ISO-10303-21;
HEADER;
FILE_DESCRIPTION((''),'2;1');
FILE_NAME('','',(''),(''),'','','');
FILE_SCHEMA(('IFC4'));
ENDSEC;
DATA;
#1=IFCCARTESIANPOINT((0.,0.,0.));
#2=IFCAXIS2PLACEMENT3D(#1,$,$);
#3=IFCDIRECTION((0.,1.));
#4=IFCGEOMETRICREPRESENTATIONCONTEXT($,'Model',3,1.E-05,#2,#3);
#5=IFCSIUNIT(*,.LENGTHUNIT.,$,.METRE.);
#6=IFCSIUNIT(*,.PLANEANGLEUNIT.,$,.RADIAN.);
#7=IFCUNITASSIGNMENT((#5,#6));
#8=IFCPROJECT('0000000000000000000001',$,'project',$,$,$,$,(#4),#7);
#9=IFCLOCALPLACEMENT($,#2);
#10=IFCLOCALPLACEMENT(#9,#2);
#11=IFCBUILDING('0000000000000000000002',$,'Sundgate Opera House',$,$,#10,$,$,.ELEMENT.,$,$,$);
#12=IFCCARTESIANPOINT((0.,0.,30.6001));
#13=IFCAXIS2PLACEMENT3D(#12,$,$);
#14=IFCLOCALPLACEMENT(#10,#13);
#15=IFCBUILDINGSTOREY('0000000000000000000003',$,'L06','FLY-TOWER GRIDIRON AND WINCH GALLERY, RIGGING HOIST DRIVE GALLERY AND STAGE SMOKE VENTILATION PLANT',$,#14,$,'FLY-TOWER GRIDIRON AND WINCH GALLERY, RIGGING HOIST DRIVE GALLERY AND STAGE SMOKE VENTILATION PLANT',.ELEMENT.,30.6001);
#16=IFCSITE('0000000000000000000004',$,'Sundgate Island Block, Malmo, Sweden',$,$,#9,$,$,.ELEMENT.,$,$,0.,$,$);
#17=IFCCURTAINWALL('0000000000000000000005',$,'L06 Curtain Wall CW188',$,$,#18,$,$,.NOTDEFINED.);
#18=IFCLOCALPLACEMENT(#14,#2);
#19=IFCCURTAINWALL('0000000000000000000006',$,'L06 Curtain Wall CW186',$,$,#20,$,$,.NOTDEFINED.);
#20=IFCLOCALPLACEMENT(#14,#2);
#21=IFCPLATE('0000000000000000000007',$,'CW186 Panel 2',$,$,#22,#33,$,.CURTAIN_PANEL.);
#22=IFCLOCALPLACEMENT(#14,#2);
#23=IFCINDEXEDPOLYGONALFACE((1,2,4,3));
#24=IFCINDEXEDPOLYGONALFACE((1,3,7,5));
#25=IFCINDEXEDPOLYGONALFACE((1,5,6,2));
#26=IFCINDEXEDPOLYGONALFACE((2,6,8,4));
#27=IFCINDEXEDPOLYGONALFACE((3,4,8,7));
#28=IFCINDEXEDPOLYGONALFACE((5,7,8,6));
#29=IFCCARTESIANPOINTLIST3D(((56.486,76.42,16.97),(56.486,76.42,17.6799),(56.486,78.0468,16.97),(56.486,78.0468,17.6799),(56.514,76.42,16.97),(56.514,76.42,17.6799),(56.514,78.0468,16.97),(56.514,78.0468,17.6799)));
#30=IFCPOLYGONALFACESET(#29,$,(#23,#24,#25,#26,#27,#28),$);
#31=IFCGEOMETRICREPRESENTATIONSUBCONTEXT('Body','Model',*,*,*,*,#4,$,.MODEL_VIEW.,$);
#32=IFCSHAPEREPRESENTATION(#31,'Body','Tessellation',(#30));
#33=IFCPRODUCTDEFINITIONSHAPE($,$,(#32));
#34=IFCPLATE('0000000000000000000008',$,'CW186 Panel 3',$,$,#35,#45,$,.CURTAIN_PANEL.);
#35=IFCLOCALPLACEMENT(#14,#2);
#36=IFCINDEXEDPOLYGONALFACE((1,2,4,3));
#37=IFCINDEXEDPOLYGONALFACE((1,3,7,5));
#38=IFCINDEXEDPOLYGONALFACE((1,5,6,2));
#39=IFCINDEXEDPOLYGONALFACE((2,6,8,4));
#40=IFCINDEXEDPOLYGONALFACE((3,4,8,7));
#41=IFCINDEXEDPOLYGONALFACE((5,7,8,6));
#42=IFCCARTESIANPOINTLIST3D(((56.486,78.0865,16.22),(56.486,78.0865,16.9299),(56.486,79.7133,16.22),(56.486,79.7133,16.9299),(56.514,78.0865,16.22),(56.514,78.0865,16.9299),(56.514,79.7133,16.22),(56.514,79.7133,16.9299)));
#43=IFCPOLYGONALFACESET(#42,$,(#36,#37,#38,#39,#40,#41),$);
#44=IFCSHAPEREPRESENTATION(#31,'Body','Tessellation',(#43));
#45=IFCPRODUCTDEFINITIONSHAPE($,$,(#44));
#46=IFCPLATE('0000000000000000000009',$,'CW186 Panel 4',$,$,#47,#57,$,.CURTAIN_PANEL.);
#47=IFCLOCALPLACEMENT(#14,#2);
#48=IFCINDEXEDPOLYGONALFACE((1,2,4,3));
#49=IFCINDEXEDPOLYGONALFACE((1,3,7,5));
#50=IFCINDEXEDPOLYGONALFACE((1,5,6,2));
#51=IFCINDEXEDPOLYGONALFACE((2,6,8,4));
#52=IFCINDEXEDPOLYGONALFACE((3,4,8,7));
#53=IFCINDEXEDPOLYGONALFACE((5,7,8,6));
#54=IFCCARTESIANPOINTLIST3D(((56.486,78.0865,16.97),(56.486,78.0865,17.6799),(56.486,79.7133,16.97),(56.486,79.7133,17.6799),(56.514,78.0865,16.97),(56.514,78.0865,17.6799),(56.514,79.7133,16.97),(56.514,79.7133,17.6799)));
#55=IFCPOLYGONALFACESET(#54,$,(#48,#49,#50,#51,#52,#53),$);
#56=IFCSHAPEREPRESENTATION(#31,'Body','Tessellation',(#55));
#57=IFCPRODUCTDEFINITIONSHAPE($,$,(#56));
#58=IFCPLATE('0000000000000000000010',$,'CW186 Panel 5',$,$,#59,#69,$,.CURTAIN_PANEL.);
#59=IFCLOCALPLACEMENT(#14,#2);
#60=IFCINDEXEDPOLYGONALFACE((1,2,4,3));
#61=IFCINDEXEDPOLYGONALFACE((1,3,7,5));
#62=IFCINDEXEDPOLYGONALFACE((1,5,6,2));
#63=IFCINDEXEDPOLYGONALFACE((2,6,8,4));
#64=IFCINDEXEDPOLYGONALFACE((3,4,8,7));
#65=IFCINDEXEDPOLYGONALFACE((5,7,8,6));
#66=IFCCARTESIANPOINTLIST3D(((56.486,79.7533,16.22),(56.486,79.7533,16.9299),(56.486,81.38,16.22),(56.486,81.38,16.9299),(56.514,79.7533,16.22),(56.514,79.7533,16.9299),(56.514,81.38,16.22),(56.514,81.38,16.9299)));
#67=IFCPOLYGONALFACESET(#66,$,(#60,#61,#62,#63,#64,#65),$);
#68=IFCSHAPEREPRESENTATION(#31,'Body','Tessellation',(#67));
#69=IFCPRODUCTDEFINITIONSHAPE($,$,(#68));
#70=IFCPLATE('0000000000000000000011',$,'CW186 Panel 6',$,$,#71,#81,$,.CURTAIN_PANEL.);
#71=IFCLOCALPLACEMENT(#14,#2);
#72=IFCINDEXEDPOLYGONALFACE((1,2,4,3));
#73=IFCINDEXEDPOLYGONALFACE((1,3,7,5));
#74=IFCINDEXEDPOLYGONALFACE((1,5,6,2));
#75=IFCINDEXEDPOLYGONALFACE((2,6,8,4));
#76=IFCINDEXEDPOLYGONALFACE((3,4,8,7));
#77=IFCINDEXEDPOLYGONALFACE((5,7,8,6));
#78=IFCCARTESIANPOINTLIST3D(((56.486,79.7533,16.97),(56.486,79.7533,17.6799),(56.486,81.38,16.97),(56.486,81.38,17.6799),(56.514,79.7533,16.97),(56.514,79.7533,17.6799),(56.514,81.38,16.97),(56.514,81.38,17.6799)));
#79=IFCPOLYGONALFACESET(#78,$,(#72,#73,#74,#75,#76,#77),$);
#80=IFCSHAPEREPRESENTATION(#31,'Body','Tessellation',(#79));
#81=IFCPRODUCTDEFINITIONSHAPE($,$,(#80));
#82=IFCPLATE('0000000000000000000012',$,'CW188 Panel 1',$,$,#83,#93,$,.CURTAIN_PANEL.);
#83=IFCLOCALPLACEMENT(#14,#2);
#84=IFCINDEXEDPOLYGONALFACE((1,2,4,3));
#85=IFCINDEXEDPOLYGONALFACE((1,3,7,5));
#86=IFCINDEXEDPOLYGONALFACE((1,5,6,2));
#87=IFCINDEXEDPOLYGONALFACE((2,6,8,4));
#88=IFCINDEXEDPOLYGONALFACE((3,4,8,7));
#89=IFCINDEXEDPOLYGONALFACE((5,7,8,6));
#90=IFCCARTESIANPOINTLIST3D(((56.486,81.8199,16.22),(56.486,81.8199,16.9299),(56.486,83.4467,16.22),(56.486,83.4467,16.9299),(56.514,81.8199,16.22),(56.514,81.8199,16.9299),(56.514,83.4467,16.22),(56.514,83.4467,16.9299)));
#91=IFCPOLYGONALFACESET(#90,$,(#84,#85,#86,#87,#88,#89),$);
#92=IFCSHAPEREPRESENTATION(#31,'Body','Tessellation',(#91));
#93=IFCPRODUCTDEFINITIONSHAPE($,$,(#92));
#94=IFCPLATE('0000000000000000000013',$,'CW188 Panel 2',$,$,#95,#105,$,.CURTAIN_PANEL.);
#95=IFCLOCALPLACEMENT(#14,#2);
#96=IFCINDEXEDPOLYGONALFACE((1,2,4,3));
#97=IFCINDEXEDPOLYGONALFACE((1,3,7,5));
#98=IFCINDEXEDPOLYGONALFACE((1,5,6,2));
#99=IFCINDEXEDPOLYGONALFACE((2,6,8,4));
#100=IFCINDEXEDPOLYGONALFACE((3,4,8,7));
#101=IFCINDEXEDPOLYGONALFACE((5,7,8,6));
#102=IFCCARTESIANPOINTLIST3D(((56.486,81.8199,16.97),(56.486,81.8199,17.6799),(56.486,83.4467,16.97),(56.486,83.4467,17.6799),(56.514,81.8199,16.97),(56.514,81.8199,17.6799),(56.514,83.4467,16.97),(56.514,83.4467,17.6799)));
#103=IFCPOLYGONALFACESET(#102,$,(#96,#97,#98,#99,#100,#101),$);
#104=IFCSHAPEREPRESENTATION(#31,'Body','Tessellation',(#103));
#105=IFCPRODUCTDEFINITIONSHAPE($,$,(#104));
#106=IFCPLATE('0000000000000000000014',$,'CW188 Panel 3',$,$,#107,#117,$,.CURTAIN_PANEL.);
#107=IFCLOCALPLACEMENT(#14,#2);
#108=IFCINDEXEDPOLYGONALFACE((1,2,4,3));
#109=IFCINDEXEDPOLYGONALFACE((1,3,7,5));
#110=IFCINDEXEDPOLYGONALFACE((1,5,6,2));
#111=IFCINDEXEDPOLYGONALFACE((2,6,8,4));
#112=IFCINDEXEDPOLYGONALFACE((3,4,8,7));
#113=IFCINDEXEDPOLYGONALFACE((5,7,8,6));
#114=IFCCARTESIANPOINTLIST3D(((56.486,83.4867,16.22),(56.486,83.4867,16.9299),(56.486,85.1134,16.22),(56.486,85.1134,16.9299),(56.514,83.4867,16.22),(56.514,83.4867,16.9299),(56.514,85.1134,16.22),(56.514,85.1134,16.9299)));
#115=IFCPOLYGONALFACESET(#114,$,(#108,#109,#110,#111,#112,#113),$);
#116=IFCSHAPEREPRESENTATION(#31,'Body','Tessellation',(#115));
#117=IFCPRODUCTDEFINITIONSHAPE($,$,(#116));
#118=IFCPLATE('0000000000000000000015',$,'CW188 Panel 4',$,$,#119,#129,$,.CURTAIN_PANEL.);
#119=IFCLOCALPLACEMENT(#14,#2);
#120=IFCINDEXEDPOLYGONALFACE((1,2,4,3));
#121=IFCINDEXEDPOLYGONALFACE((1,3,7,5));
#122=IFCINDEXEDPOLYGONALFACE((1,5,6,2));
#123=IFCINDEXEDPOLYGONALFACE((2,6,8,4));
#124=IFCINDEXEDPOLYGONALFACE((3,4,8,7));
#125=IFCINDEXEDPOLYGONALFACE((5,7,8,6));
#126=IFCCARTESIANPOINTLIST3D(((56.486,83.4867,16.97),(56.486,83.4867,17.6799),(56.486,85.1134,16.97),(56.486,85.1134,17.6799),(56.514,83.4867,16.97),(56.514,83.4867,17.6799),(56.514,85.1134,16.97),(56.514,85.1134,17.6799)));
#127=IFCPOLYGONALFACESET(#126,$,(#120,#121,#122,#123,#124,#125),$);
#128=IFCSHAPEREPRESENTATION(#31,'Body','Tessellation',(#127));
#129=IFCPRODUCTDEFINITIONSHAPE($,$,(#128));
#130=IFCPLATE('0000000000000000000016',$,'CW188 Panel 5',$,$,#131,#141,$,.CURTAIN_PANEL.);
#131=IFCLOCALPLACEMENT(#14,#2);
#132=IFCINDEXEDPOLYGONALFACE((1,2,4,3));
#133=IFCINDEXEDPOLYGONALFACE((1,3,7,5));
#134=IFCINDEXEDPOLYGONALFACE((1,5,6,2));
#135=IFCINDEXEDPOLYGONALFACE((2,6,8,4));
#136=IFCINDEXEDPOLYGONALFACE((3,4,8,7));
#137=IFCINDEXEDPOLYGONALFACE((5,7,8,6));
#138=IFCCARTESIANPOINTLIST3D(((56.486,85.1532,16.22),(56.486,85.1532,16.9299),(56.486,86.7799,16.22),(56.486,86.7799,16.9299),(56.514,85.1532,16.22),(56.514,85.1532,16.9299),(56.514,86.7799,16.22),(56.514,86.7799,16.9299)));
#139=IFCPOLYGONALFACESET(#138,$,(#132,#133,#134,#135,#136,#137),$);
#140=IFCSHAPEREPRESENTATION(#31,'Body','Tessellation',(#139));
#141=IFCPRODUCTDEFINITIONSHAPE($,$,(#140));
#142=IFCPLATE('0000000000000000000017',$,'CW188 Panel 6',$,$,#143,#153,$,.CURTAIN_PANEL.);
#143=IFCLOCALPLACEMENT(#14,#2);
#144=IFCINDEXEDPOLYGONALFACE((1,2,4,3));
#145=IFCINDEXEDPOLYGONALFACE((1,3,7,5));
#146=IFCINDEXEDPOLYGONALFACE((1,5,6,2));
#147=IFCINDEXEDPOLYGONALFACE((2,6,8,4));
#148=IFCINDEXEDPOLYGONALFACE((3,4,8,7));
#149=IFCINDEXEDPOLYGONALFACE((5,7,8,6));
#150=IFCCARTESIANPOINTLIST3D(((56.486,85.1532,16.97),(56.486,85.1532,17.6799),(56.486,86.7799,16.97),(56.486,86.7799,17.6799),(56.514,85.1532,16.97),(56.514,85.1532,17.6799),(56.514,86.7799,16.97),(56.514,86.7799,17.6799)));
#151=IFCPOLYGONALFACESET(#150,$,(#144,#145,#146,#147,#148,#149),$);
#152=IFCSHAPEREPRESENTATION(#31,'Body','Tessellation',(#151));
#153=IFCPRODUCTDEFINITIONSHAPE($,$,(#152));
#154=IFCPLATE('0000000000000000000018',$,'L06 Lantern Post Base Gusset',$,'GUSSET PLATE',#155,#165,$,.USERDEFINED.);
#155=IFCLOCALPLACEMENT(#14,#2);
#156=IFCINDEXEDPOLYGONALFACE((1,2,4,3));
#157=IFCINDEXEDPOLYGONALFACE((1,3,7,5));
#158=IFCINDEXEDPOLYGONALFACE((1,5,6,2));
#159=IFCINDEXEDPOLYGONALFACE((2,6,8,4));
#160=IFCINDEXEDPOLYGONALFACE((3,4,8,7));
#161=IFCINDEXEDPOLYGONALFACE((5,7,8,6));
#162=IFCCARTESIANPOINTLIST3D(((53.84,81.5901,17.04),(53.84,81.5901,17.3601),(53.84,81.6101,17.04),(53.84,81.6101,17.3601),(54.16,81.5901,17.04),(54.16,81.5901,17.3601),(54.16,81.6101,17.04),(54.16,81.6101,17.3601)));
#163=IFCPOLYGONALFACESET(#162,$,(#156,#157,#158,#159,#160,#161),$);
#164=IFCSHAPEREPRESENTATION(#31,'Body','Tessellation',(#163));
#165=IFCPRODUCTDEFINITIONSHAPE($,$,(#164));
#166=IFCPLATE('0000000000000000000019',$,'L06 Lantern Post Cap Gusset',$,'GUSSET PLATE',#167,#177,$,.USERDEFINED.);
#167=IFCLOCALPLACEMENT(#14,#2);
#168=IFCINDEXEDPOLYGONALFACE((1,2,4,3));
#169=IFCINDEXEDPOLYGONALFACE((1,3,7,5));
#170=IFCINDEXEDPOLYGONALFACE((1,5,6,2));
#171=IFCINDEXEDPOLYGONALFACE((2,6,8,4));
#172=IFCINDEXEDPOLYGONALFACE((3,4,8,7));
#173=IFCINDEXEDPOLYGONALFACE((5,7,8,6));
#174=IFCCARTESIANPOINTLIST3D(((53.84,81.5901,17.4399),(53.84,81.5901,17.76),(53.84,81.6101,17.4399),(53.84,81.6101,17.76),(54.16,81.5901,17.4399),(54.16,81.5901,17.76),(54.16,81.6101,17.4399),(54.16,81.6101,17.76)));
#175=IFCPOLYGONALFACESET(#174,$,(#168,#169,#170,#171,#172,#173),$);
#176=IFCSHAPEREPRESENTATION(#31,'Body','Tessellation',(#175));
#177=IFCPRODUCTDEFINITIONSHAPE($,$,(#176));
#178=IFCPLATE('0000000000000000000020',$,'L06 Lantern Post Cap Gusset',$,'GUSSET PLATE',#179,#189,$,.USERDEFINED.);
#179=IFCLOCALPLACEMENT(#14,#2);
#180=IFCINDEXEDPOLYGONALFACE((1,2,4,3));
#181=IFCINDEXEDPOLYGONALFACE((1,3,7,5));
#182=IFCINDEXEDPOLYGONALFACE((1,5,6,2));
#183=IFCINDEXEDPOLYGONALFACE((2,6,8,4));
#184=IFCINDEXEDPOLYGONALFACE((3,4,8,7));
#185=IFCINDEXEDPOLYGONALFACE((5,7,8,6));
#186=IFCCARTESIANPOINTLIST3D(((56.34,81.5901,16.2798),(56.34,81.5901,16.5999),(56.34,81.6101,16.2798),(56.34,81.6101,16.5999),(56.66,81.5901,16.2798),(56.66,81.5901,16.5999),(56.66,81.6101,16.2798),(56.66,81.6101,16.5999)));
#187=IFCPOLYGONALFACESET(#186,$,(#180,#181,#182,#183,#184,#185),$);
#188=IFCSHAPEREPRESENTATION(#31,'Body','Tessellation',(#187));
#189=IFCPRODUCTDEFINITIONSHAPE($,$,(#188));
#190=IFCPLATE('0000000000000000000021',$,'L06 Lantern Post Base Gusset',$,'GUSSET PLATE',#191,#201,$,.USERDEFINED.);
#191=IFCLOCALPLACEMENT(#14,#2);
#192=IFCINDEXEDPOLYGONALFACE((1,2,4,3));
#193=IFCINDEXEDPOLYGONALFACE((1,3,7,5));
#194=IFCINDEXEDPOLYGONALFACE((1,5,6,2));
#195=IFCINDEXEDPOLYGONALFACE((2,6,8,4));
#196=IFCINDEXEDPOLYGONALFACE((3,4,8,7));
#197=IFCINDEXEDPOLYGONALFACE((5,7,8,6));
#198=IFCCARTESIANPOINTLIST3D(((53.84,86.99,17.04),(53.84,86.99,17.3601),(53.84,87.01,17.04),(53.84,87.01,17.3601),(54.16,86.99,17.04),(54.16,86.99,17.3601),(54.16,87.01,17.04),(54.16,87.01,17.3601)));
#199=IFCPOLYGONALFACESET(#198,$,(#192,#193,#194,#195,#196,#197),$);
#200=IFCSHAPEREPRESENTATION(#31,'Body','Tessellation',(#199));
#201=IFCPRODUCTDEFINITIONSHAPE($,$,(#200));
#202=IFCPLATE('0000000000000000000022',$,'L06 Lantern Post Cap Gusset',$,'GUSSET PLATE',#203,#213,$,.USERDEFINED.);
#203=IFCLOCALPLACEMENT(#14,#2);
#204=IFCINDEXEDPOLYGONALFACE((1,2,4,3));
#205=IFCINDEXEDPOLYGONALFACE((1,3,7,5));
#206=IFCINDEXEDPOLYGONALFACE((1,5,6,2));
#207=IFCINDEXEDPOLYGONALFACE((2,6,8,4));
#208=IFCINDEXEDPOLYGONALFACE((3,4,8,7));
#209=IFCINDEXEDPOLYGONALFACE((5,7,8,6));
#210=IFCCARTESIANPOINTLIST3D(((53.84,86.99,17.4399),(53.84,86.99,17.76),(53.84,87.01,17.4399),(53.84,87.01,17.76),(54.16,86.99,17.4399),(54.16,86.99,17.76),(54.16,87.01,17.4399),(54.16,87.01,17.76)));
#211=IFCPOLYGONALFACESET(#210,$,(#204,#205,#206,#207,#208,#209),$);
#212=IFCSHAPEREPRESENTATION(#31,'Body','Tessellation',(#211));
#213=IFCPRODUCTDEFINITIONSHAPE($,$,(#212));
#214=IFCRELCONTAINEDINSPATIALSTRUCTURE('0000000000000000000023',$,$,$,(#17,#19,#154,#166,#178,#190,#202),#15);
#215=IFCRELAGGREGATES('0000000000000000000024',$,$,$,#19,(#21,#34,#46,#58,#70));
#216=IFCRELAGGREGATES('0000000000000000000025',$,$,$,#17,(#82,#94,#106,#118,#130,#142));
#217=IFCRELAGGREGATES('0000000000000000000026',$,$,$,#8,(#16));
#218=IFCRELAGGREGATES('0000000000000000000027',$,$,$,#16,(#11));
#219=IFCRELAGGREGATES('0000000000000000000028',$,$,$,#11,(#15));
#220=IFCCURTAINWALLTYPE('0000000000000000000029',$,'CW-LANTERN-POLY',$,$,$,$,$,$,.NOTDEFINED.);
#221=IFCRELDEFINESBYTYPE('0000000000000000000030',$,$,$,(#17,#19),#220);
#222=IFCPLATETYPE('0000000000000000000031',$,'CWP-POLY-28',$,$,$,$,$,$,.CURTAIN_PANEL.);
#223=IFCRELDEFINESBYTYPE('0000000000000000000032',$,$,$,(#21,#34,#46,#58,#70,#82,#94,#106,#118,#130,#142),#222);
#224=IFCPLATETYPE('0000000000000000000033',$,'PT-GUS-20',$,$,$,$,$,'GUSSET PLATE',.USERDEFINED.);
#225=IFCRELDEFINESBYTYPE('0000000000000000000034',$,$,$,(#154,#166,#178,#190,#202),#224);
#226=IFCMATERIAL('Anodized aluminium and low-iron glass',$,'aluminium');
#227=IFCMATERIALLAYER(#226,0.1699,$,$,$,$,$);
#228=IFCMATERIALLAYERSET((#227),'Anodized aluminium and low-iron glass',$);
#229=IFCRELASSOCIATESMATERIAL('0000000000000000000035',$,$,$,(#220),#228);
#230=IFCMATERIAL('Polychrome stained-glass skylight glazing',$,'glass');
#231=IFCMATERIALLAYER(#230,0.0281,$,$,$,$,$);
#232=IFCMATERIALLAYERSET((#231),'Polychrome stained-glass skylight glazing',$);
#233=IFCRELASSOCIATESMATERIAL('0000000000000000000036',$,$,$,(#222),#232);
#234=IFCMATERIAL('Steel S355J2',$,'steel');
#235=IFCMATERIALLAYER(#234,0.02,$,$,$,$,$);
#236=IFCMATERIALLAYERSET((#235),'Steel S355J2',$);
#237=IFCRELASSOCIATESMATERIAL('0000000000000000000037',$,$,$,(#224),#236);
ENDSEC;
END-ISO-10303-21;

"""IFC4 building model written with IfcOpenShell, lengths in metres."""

from ifc_helpers import new_model, si_unit, direction, frame, origin, origin_2d, place, context, subcontext, project, spatial, rectangle, extrude, material, layer, layer_set, type_object, element, aggregate, save


model = new_model("IFC4")

# Units and contexts
model_context = context("Model", 3, precision=1e-05, world=origin(), true_north=direction((0.0, 1.0)))
body_context = subcontext(model_context, "Body", "Model", "MODEL_VIEW")
ifc_project = project(units=[si_unit("LENGTHUNIT", "METRE"), si_unit("PLANEANGLEUNIT", "RADIAN")], contexts=[model_context])

# Site, building, storey
site_placement = place(None, origin())
site = spatial("IfcSite", under=ifc_project, at=site_placement, Name="Sundgate Island Block, Malmo, Sweden", CompositionType="ELEMENT", RefElevation=0.0)
building_placement = place(site_placement, origin())
building = spatial("IfcBuilding", under=site, at=building_placement, Name="Sundgate Opera House", CompositionType="ELEMENT")
storey_placement = place(building_placement, frame((0.0, 0.0, 30.6001)))
storey = spatial("IfcBuildingStorey", under=building, at=storey_placement, Name="L06", Description="FLY-TOWER GRIDIRON AND WINCH GALLERY, RIGGING HOIST DRIVE GALLERY AND STAGE SMOKE VENTILATION PLANT", LongName="FLY-TOWER GRIDIRON AND WINCH GALLERY, RIGGING HOIST DRIVE GALLERY AND STAGE SMOKE VENTILATION PLANT", CompositionType="ELEMENT", Elevation=30.6001)

# Curtain walls
ifc_material_1 = material(Name="Anodized aluminium and low-iron glass", Category="aluminium")
ifc_layer_1 = layer(ifc_material_1, 0.1699)
ifc_layer_set_1 = layer_set([ifc_layer_1], Name="Anodized aluminium and low-iron glass")
curtain_wall_type = type_object("IfcCurtainWallType", Name="CW-LANTERN-POLY", PredefinedType="NOTDEFINED", material=ifc_layer_set_1)
curtain_wall_1_placement = place(storey_placement, origin())
curtain_wall_1 = element("IfcCurtainWall", 1, at=curtain_wall_1_placement, inside=storey, type_object=curtain_wall_type, Name="L06 Curtain Wall CW188", PredefinedType="NOTDEFINED")
curtain_wall_2_placement = place(storey_placement, origin())
curtain_wall_2 = element("IfcCurtainWall", 2, at=curtain_wall_2_placement, inside=storey, type_object=curtain_wall_type, Name="L06 Curtain Wall CW186", PredefinedType="NOTDEFINED")

# Plates
ifc_material_2 = material(Name="Polychrome stained-glass skylight glazing", Category="glass")
ifc_layer_2 = layer(ifc_material_2, 0.0281)
ifc_layer_set_2 = layer_set([ifc_layer_2], Name="Polychrome stained-glass skylight glazing")
plate_type_1 = type_object("IfcPlateType", Name="CWP-POLY-28", PredefinedType="CURTAIN_PANEL", material=ifc_layer_set_2)
plate_1_placement = place(storey_placement, frame((56.5, 77.2334, 16.97), z_axis=(0.0, 0.0, 1.0), x_axis=(0.0, 1.0, 0.0)))
plate_1 = element("IfcPlate", 3, at=plate_1_placement, type_object=plate_type_1, Name="CW186 Panel 2", PredefinedType="CURTAIN_PANEL", context=body_context, shape_type="SweptSolid", body=[
    extrude(rectangle(XDim=1.6267, YDim=0.0281, at=origin_2d()), origin(), (0.0, 0.0, 1.0), 0.71),
])
plate_2_placement = place(storey_placement, frame((56.5, 78.8999, 16.22), z_axis=(0.0, 0.0, 1.0), x_axis=(0.0, 1.0, 0.0)))
plate_2 = element("IfcPlate", 4, at=plate_2_placement, type_object=plate_type_1, Name="CW186 Panel 3", PredefinedType="CURTAIN_PANEL", context=body_context, shape_type="SweptSolid", body=[
    extrude(rectangle(XDim=1.6267, YDim=0.0281, at=origin_2d()), origin(), (0.0, 0.0, 1.0), 0.71),
])
plate_3_placement = place(storey_placement, frame((56.5, 78.8999, 16.97), z_axis=(0.0, 0.0, 1.0), x_axis=(0.0, 1.0, 0.0)))
plate_3 = element("IfcPlate", 5, at=plate_3_placement, type_object=plate_type_1, Name="CW186 Panel 4", PredefinedType="CURTAIN_PANEL", context=body_context, shape_type="SweptSolid", body=[
    extrude(rectangle(XDim=1.6267, YDim=0.0281, at=origin_2d()), origin(), (0.0, 0.0, 1.0), 0.71),
])
plate_4_placement = place(storey_placement, frame((56.5, 80.5667, 16.22), z_axis=(0.0, 0.0, 1.0), x_axis=(0.0, 1.0, 0.0)))
plate_4 = element("IfcPlate", 6, at=plate_4_placement, type_object=plate_type_1, Name="CW186 Panel 5", PredefinedType="CURTAIN_PANEL", context=body_context, shape_type="SweptSolid", body=[
    extrude(rectangle(XDim=1.6267, YDim=0.0281, at=origin_2d()), origin(), (0.0, 0.0, 1.0), 0.71),
])
plate_5_placement = place(storey_placement, frame((56.5, 80.5667, 16.97), z_axis=(0.0, 0.0, 1.0), x_axis=(0.0, 1.0, 0.0)))
plate_5 = element("IfcPlate", 7, at=plate_5_placement, type_object=plate_type_1, Name="CW186 Panel 6", PredefinedType="CURTAIN_PANEL", context=body_context, shape_type="SweptSolid", body=[
    extrude(rectangle(XDim=1.6267, YDim=0.0281, at=origin_2d()), origin(), (0.0, 0.0, 1.0), 0.71),
])
aggregate(curtain_wall_2, [plate_1, plate_2, plate_3, plate_4, plate_5])
plate_6_placement = place(storey_placement, frame((56.5, 82.6333, 16.22), z_axis=(0.0, 0.0, 1.0), x_axis=(0.0, 1.0, 0.0)))
plate_6 = element("IfcPlate", 8, at=plate_6_placement, type_object=plate_type_1, Name="CW188 Panel 1", PredefinedType="CURTAIN_PANEL", context=body_context, shape_type="SweptSolid", body=[
    extrude(rectangle(XDim=1.6267, YDim=0.0281, at=origin_2d()), origin(), (0.0, 0.0, 1.0), 0.71),
])
plate_7_placement = place(storey_placement, frame((56.5, 82.6333, 16.97), z_axis=(0.0, 0.0, 1.0), x_axis=(0.0, 1.0, 0.0)))
plate_7 = element("IfcPlate", 9, at=plate_7_placement, type_object=plate_type_1, Name="CW188 Panel 2", PredefinedType="CURTAIN_PANEL", context=body_context, shape_type="SweptSolid", body=[
    extrude(rectangle(XDim=1.6267, YDim=0.0281, at=origin_2d()), origin(), (0.0, 0.0, 1.0), 0.71),
])
plate_8_placement = place(storey_placement, frame((56.5, 84.3, 16.22), z_axis=(0.0, 0.0, 1.0), x_axis=(0.0, 1.0, 0.0)))
plate_8 = element("IfcPlate", 10, at=plate_8_placement, type_object=plate_type_1, Name="CW188 Panel 3", PredefinedType="CURTAIN_PANEL", context=body_context, shape_type="SweptSolid", body=[
    extrude(rectangle(XDim=1.6267, YDim=0.0281, at=origin_2d()), origin(), (0.0, 0.0, 1.0), 0.71),
])
plate_9_placement = place(storey_placement, frame((56.5, 84.3, 16.97), z_axis=(0.0, 0.0, 1.0), x_axis=(0.0, 1.0, 0.0)))
plate_9 = element("IfcPlate", 11, at=plate_9_placement, type_object=plate_type_1, Name="CW188 Panel 4", PredefinedType="CURTAIN_PANEL", context=body_context, shape_type="SweptSolid", body=[
    extrude(rectangle(XDim=1.6267, YDim=0.0281, at=origin_2d()), origin(), (0.0, 0.0, 1.0), 0.71),
])
plate_10_placement = place(storey_placement, frame((56.5, 85.9666, 16.22), z_axis=(0.0, 0.0, 1.0), x_axis=(0.0, 1.0, 0.0)))
plate_10 = element("IfcPlate", 12, at=plate_10_placement, type_object=plate_type_1, Name="CW188 Panel 5", PredefinedType="CURTAIN_PANEL", context=body_context, shape_type="SweptSolid", body=[
    extrude(rectangle(XDim=1.6267, YDim=0.0281, at=origin_2d()), origin(), (0.0, 0.0, 1.0), 0.71),
])
plate_11_placement = place(storey_placement, frame((56.5, 85.9666, 16.97), z_axis=(0.0, 0.0, 1.0), x_axis=(0.0, 1.0, 0.0)))
plate_11 = element("IfcPlate", 13, at=plate_11_placement, type_object=plate_type_1, Name="CW188 Panel 6", PredefinedType="CURTAIN_PANEL", context=body_context, shape_type="SweptSolid", body=[
    extrude(rectangle(XDim=1.6267, YDim=0.0281, at=origin_2d()), origin(), (0.0, 0.0, 1.0), 0.71),
])
aggregate(curtain_wall_1, [plate_6, plate_7, plate_8, plate_9, plate_10, plate_11])

# Plates
ifc_material_3 = material(Name="Steel S355J2", Category="steel")
ifc_layer_3 = layer(ifc_material_3, 0.02)
ifc_layer_set_3 = layer_set([ifc_layer_3], Name="Steel S355J2")
plate_type_2 = type_object("IfcPlateType", Name="PT-GUS-20", ElementType="GUSSET PLATE", PredefinedType="USERDEFINED", material=ifc_layer_set_3)
for number, where, z_axis, x_axis, name in (
    (14, (54.0, 81.6001, 17.04), (0.0, 0.0, 1.0), (1.0, 0.0, 0.0), "L06 Lantern Post Base Gusset"),
    (15, (54.0, 81.6001, 17.4399), (0.0, 0.0, 1.0), (1.0, 0.0, 0.0), "L06 Lantern Post Cap Gusset"),
    (16, (56.5, 81.6001, 16.2798), (0.0, 0.0, 1.0), (1.0, 0.0, 0.0), "L06 Lantern Post Cap Gusset"),
    (17, (54.0, 87.0, 17.04), (0.0, 0.0, 1.0), (1.0, 0.0, 0.0), "L06 Lantern Post Base Gusset"),
    (18, (54.0, 87.0, 17.4399), (0.0, 0.0, 1.0), (1.0, 0.0, 0.0), "L06 Lantern Post Cap Gusset"),
):
    element("IfcPlate", number, at=place(storey_placement, frame(where, z_axis=z_axis, x_axis=x_axis)), inside=storey, type_object=plate_type_2, Name=name, ObjectType="GUSSET PLATE", PredefinedType="USERDEFINED", context=body_context, shape_type="SweptSolid", body=[
        extrude(rectangle(XDim=0.3201, YDim=0.02, at=origin_2d()), origin(), (0.0, 0.0, 1.0), 0.3201),
    ])

save(model, "model.ifc")
